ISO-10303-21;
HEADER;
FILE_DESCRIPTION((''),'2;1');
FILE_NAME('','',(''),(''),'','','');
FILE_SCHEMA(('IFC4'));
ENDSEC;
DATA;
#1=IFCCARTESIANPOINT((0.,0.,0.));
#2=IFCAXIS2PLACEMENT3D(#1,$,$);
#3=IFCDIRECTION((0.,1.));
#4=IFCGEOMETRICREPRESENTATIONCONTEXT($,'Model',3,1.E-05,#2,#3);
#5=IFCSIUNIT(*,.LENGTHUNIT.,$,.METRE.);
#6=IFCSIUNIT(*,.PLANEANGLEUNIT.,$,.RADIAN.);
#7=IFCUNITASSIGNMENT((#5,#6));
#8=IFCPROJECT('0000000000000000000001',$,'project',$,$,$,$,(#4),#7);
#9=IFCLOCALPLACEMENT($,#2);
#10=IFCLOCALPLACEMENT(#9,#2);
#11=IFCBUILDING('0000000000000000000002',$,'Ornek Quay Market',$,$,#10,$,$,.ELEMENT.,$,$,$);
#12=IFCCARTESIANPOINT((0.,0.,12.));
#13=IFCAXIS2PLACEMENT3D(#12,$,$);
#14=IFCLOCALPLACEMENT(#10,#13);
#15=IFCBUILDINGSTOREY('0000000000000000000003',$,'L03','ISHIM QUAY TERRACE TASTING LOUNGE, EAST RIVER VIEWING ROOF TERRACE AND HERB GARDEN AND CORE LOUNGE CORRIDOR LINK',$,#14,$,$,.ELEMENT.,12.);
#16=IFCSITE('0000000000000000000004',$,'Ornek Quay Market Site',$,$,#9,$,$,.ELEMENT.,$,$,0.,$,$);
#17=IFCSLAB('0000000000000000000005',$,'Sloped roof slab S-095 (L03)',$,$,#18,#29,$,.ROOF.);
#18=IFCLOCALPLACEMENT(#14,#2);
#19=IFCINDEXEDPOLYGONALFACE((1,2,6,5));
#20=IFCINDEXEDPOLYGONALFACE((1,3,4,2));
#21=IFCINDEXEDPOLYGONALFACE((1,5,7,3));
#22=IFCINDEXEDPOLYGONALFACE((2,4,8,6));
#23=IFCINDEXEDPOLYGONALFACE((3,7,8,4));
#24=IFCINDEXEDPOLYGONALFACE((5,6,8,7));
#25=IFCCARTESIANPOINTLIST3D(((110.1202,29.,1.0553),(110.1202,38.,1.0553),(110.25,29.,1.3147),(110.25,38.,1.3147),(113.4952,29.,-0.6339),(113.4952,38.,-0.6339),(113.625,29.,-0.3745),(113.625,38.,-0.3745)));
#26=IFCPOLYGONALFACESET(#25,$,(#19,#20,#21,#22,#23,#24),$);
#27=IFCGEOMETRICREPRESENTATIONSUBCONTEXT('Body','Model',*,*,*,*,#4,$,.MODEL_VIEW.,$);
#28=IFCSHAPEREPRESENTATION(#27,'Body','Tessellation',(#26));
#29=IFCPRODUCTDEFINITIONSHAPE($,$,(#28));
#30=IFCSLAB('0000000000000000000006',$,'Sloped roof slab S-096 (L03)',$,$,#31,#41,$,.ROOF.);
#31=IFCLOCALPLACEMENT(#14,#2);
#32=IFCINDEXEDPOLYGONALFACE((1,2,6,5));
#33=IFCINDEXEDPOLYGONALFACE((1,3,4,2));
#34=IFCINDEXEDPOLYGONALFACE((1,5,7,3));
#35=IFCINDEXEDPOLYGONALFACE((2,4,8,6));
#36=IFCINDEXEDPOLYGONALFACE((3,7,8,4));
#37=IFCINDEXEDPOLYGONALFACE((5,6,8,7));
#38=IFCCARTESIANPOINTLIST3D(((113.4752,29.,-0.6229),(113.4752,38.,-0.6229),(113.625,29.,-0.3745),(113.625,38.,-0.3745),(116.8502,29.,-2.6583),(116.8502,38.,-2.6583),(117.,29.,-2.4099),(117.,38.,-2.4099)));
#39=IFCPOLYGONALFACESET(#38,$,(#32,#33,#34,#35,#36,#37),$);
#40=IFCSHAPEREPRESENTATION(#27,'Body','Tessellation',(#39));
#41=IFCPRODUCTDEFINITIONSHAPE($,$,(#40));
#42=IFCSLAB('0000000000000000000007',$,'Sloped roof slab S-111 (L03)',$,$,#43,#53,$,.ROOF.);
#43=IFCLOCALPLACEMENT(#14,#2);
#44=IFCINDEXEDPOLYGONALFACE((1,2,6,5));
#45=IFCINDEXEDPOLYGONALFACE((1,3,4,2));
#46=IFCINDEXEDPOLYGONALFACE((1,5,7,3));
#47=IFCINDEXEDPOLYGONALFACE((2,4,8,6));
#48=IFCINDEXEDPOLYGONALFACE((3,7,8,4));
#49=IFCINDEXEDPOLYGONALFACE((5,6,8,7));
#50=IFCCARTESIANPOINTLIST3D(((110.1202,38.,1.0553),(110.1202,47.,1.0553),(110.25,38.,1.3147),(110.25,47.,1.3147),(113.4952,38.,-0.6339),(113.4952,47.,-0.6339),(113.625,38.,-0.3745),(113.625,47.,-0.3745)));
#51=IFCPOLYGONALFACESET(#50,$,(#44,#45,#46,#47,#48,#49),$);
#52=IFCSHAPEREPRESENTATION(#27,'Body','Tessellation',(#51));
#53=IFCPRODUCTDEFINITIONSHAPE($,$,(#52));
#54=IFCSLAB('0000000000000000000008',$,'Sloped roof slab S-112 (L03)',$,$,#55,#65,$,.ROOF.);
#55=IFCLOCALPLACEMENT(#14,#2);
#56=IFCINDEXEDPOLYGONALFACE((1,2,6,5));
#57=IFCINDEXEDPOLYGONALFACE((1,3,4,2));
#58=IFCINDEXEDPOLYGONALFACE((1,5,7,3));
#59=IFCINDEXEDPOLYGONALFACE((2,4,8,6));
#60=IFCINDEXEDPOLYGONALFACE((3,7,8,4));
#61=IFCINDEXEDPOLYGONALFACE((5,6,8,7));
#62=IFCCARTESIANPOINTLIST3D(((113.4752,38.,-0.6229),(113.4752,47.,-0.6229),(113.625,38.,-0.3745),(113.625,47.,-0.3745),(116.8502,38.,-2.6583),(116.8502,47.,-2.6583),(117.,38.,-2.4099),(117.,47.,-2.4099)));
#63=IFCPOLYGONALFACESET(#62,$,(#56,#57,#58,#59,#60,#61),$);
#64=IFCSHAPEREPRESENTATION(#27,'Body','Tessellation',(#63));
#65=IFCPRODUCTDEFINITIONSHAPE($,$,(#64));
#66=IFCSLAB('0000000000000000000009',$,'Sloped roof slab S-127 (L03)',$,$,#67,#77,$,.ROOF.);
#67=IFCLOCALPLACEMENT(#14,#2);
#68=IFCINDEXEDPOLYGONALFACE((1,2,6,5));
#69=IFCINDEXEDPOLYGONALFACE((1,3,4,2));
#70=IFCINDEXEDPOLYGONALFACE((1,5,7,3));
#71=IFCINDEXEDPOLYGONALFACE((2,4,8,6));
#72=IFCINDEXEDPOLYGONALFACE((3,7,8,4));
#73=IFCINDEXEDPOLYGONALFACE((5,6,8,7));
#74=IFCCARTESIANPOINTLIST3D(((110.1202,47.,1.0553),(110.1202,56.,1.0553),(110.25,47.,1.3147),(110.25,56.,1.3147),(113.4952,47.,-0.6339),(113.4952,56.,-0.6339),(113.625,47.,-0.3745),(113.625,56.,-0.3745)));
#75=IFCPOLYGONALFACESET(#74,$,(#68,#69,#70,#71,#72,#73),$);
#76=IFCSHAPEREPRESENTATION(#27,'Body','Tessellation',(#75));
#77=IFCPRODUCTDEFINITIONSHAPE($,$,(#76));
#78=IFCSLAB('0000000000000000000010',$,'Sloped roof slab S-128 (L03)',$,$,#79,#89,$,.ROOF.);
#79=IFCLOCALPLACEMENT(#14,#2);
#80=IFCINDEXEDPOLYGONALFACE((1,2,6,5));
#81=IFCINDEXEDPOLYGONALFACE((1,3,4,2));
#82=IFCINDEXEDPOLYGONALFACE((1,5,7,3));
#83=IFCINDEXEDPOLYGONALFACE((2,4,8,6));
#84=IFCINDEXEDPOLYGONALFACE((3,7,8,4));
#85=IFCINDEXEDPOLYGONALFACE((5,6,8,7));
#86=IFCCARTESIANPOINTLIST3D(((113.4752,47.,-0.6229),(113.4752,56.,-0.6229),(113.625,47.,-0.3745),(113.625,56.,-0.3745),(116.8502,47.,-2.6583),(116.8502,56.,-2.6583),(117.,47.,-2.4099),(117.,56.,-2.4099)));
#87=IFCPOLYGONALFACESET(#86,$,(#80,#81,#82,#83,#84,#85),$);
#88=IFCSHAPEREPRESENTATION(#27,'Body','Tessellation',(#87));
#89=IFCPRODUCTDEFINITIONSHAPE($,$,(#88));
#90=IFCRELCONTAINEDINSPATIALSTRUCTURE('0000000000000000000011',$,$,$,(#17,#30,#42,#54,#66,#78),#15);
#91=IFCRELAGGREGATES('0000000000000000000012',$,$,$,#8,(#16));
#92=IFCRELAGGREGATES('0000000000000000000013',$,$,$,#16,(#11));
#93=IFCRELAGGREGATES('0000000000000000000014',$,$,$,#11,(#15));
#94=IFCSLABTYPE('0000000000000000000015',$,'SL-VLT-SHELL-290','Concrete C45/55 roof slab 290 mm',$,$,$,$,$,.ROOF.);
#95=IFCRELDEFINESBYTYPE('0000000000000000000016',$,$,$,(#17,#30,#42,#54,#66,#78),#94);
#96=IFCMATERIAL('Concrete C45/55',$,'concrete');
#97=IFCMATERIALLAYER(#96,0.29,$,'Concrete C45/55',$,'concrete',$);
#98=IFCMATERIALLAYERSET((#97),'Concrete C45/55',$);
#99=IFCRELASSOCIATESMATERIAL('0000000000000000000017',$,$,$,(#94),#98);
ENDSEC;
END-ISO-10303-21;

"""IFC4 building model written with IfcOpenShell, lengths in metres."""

from ifc_helpers import new_model, si_unit, direction, frame, origin, place, context, subcontext, project, spatial, polyline, outline, extrude, material, layer, layer_set, type_object, element, save


model = new_model("IFC4")

# Units and contexts
model_context = context("Model", 3, precision=1e-05, world=origin(), true_north=direction((0.0, 1.0)))
body_context = subcontext(model_context, "Body", "Model", "MODEL_VIEW")
ifc_project = project(units=[si_unit("LENGTHUNIT", "METRE"), si_unit("PLANEANGLEUNIT", "RADIAN")], contexts=[model_context])

# Site, building, storey
site_placement = place(None, origin())
site = spatial("IfcSite", under=ifc_project, at=site_placement, Name="Ornek Quay Market Site", CompositionType="ELEMENT", RefElevation=0.0)
building_placement = place(site_placement, origin())
building = spatial("IfcBuilding", under=site, at=building_placement, Name="Ornek Quay Market", CompositionType="ELEMENT")
storey_placement = place(building_placement, frame((0.0, 0.0, 12.0)))
storey = spatial("IfcBuildingStorey", under=building, at=storey_placement, Name="L03", Description="ISHIM QUAY TERRACE TASTING LOUNGE, EAST RIVER VIEWING ROOF TERRACE AND HERB GARDEN AND CORE LOUNGE CORRIDOR LINK", CompositionType="ELEMENT", Elevation=12.0)

# Shared definitions
ifc_material_1 = material(Name="Concrete C45/55", Category="concrete")

# Slabs
ifc_layer_1 = layer(ifc_material_1, 0.29, Name="Concrete C45/55", Category="concrete")
ifc_layer_set_1 = layer_set([ifc_layer_1], Name="Concrete C45/55")
slab_type = type_object("IfcSlabType", Name="SL-VLT-SHELL-290", Description="Concrete C45/55 roof slab 290 mm", PredefinedType="ROOF", material=ifc_layer_set_1)
slab_1_placement = place(storey_placement, frame((110.25, 29.0, 1.3147), z_axis=(0.447576, 0.0, 0.894246), x_axis=(0.894246, 0.0, -0.447576)))
element("IfcSlab", 1, at=slab_1_placement, inside=storey, type_object=slab_type, Name="Sloped roof slab S-095 (L03)", PredefinedType="ROOF", context=body_context, shape_type="SweptSolid", body=[
    extrude(outline(polyline([(0.0, 0.0), (3.7741, 0.0), (3.7741, 9.0), (0.0, 9.0), (0.0, 0.0)])), origin(), (0.0, 0.0, -1.0), 0.29),
])
slab_2_placement = place(storey_placement, frame((113.625, 29.0, -0.3745), z_axis=(0.516435, 0.0, 0.856327), x_axis=(0.856327, 0.0, -0.516435)))
element("IfcSlab", 2, at=slab_2_placement, inside=storey, type_object=slab_type, Name="Sloped roof slab S-096 (L03)", PredefinedType="ROOF", context=body_context, shape_type="SweptSolid", body=[
    extrude(outline(polyline([(0.0, 0.0), (3.9413, 0.0), (3.9413, 9.0), (0.0, 9.0), (0.0, 0.0)])), origin(), (0.0, 0.0, -1.0), 0.29),
])
slab_3_placement = place(storey_placement, frame((110.25, 38.0, 1.3147), z_axis=(0.447576, 0.0, 0.894246), x_axis=(0.894246, 0.0, -0.447576)))
element("IfcSlab", 3, at=slab_3_placement, inside=storey, type_object=slab_type, Name="Sloped roof slab S-111 (L03)", PredefinedType="ROOF", context=body_context, shape_type="SweptSolid", body=[
    extrude(outline(polyline([(0.0, 0.0), (3.7741, 0.0), (3.7741, 9.0), (0.0, 9.0), (0.0, 0.0)])), origin(), (0.0, 0.0, -1.0), 0.29),
])
slab_4_placement = place(storey_placement, frame((113.625, 38.0, -0.3745), z_axis=(0.516435, 0.0, 0.856327), x_axis=(0.856327, 0.0, -0.516435)))
element("IfcSlab", 4, at=slab_4_placement, inside=storey, type_object=slab_type, Name="Sloped roof slab S-112 (L03)", PredefinedType="ROOF", context=body_context, shape_type="SweptSolid", body=[
    extrude(outline(polyline([(0.0, 0.0), (3.9413, 0.0), (3.9413, 9.0), (0.0, 9.0), (0.0, 0.0)])), origin(), (0.0, 0.0, -1.0), 0.29),
])
slab_5_placement = place(storey_placement, frame((110.25, 47.0, 1.3147), z_axis=(0.447576, 0.0, 0.894246), x_axis=(0.894246, 0.0, -0.447576)))
element("IfcSlab", 5, at=slab_5_placement, inside=storey, type_object=slab_type, Name="Sloped roof slab S-127 (L03)", PredefinedType="ROOF", context=body_context, shape_type="SweptSolid", body=[
    extrude(outline(polyline([(0.0, 0.0), (3.7741, 0.0), (3.7741, 9.0), (0.0, 9.0), (0.0, 0.0)])), origin(), (0.0, 0.0, -1.0), 0.29),
])
slab_6_placement = place(storey_placement, frame((113.625, 47.0, -0.3745), z_axis=(0.516435, 0.0, 0.856327), x_axis=(0.856327, 0.0, -0.516435)))
element("IfcSlab", 6, at=slab_6_placement, inside=storey, type_object=slab_type, Name="Sloped roof slab S-128 (L03)", PredefinedType="ROOF", context=body_context, shape_type="SweptSolid", body=[
    extrude(outline(polyline([(0.0, 0.0), (3.9413, 0.0), (3.9413, 9.0), (0.0, 9.0), (0.0, 0.0)])), origin(), (0.0, 0.0, -1.0), 0.29),
])

save(model, "model.ifc")
